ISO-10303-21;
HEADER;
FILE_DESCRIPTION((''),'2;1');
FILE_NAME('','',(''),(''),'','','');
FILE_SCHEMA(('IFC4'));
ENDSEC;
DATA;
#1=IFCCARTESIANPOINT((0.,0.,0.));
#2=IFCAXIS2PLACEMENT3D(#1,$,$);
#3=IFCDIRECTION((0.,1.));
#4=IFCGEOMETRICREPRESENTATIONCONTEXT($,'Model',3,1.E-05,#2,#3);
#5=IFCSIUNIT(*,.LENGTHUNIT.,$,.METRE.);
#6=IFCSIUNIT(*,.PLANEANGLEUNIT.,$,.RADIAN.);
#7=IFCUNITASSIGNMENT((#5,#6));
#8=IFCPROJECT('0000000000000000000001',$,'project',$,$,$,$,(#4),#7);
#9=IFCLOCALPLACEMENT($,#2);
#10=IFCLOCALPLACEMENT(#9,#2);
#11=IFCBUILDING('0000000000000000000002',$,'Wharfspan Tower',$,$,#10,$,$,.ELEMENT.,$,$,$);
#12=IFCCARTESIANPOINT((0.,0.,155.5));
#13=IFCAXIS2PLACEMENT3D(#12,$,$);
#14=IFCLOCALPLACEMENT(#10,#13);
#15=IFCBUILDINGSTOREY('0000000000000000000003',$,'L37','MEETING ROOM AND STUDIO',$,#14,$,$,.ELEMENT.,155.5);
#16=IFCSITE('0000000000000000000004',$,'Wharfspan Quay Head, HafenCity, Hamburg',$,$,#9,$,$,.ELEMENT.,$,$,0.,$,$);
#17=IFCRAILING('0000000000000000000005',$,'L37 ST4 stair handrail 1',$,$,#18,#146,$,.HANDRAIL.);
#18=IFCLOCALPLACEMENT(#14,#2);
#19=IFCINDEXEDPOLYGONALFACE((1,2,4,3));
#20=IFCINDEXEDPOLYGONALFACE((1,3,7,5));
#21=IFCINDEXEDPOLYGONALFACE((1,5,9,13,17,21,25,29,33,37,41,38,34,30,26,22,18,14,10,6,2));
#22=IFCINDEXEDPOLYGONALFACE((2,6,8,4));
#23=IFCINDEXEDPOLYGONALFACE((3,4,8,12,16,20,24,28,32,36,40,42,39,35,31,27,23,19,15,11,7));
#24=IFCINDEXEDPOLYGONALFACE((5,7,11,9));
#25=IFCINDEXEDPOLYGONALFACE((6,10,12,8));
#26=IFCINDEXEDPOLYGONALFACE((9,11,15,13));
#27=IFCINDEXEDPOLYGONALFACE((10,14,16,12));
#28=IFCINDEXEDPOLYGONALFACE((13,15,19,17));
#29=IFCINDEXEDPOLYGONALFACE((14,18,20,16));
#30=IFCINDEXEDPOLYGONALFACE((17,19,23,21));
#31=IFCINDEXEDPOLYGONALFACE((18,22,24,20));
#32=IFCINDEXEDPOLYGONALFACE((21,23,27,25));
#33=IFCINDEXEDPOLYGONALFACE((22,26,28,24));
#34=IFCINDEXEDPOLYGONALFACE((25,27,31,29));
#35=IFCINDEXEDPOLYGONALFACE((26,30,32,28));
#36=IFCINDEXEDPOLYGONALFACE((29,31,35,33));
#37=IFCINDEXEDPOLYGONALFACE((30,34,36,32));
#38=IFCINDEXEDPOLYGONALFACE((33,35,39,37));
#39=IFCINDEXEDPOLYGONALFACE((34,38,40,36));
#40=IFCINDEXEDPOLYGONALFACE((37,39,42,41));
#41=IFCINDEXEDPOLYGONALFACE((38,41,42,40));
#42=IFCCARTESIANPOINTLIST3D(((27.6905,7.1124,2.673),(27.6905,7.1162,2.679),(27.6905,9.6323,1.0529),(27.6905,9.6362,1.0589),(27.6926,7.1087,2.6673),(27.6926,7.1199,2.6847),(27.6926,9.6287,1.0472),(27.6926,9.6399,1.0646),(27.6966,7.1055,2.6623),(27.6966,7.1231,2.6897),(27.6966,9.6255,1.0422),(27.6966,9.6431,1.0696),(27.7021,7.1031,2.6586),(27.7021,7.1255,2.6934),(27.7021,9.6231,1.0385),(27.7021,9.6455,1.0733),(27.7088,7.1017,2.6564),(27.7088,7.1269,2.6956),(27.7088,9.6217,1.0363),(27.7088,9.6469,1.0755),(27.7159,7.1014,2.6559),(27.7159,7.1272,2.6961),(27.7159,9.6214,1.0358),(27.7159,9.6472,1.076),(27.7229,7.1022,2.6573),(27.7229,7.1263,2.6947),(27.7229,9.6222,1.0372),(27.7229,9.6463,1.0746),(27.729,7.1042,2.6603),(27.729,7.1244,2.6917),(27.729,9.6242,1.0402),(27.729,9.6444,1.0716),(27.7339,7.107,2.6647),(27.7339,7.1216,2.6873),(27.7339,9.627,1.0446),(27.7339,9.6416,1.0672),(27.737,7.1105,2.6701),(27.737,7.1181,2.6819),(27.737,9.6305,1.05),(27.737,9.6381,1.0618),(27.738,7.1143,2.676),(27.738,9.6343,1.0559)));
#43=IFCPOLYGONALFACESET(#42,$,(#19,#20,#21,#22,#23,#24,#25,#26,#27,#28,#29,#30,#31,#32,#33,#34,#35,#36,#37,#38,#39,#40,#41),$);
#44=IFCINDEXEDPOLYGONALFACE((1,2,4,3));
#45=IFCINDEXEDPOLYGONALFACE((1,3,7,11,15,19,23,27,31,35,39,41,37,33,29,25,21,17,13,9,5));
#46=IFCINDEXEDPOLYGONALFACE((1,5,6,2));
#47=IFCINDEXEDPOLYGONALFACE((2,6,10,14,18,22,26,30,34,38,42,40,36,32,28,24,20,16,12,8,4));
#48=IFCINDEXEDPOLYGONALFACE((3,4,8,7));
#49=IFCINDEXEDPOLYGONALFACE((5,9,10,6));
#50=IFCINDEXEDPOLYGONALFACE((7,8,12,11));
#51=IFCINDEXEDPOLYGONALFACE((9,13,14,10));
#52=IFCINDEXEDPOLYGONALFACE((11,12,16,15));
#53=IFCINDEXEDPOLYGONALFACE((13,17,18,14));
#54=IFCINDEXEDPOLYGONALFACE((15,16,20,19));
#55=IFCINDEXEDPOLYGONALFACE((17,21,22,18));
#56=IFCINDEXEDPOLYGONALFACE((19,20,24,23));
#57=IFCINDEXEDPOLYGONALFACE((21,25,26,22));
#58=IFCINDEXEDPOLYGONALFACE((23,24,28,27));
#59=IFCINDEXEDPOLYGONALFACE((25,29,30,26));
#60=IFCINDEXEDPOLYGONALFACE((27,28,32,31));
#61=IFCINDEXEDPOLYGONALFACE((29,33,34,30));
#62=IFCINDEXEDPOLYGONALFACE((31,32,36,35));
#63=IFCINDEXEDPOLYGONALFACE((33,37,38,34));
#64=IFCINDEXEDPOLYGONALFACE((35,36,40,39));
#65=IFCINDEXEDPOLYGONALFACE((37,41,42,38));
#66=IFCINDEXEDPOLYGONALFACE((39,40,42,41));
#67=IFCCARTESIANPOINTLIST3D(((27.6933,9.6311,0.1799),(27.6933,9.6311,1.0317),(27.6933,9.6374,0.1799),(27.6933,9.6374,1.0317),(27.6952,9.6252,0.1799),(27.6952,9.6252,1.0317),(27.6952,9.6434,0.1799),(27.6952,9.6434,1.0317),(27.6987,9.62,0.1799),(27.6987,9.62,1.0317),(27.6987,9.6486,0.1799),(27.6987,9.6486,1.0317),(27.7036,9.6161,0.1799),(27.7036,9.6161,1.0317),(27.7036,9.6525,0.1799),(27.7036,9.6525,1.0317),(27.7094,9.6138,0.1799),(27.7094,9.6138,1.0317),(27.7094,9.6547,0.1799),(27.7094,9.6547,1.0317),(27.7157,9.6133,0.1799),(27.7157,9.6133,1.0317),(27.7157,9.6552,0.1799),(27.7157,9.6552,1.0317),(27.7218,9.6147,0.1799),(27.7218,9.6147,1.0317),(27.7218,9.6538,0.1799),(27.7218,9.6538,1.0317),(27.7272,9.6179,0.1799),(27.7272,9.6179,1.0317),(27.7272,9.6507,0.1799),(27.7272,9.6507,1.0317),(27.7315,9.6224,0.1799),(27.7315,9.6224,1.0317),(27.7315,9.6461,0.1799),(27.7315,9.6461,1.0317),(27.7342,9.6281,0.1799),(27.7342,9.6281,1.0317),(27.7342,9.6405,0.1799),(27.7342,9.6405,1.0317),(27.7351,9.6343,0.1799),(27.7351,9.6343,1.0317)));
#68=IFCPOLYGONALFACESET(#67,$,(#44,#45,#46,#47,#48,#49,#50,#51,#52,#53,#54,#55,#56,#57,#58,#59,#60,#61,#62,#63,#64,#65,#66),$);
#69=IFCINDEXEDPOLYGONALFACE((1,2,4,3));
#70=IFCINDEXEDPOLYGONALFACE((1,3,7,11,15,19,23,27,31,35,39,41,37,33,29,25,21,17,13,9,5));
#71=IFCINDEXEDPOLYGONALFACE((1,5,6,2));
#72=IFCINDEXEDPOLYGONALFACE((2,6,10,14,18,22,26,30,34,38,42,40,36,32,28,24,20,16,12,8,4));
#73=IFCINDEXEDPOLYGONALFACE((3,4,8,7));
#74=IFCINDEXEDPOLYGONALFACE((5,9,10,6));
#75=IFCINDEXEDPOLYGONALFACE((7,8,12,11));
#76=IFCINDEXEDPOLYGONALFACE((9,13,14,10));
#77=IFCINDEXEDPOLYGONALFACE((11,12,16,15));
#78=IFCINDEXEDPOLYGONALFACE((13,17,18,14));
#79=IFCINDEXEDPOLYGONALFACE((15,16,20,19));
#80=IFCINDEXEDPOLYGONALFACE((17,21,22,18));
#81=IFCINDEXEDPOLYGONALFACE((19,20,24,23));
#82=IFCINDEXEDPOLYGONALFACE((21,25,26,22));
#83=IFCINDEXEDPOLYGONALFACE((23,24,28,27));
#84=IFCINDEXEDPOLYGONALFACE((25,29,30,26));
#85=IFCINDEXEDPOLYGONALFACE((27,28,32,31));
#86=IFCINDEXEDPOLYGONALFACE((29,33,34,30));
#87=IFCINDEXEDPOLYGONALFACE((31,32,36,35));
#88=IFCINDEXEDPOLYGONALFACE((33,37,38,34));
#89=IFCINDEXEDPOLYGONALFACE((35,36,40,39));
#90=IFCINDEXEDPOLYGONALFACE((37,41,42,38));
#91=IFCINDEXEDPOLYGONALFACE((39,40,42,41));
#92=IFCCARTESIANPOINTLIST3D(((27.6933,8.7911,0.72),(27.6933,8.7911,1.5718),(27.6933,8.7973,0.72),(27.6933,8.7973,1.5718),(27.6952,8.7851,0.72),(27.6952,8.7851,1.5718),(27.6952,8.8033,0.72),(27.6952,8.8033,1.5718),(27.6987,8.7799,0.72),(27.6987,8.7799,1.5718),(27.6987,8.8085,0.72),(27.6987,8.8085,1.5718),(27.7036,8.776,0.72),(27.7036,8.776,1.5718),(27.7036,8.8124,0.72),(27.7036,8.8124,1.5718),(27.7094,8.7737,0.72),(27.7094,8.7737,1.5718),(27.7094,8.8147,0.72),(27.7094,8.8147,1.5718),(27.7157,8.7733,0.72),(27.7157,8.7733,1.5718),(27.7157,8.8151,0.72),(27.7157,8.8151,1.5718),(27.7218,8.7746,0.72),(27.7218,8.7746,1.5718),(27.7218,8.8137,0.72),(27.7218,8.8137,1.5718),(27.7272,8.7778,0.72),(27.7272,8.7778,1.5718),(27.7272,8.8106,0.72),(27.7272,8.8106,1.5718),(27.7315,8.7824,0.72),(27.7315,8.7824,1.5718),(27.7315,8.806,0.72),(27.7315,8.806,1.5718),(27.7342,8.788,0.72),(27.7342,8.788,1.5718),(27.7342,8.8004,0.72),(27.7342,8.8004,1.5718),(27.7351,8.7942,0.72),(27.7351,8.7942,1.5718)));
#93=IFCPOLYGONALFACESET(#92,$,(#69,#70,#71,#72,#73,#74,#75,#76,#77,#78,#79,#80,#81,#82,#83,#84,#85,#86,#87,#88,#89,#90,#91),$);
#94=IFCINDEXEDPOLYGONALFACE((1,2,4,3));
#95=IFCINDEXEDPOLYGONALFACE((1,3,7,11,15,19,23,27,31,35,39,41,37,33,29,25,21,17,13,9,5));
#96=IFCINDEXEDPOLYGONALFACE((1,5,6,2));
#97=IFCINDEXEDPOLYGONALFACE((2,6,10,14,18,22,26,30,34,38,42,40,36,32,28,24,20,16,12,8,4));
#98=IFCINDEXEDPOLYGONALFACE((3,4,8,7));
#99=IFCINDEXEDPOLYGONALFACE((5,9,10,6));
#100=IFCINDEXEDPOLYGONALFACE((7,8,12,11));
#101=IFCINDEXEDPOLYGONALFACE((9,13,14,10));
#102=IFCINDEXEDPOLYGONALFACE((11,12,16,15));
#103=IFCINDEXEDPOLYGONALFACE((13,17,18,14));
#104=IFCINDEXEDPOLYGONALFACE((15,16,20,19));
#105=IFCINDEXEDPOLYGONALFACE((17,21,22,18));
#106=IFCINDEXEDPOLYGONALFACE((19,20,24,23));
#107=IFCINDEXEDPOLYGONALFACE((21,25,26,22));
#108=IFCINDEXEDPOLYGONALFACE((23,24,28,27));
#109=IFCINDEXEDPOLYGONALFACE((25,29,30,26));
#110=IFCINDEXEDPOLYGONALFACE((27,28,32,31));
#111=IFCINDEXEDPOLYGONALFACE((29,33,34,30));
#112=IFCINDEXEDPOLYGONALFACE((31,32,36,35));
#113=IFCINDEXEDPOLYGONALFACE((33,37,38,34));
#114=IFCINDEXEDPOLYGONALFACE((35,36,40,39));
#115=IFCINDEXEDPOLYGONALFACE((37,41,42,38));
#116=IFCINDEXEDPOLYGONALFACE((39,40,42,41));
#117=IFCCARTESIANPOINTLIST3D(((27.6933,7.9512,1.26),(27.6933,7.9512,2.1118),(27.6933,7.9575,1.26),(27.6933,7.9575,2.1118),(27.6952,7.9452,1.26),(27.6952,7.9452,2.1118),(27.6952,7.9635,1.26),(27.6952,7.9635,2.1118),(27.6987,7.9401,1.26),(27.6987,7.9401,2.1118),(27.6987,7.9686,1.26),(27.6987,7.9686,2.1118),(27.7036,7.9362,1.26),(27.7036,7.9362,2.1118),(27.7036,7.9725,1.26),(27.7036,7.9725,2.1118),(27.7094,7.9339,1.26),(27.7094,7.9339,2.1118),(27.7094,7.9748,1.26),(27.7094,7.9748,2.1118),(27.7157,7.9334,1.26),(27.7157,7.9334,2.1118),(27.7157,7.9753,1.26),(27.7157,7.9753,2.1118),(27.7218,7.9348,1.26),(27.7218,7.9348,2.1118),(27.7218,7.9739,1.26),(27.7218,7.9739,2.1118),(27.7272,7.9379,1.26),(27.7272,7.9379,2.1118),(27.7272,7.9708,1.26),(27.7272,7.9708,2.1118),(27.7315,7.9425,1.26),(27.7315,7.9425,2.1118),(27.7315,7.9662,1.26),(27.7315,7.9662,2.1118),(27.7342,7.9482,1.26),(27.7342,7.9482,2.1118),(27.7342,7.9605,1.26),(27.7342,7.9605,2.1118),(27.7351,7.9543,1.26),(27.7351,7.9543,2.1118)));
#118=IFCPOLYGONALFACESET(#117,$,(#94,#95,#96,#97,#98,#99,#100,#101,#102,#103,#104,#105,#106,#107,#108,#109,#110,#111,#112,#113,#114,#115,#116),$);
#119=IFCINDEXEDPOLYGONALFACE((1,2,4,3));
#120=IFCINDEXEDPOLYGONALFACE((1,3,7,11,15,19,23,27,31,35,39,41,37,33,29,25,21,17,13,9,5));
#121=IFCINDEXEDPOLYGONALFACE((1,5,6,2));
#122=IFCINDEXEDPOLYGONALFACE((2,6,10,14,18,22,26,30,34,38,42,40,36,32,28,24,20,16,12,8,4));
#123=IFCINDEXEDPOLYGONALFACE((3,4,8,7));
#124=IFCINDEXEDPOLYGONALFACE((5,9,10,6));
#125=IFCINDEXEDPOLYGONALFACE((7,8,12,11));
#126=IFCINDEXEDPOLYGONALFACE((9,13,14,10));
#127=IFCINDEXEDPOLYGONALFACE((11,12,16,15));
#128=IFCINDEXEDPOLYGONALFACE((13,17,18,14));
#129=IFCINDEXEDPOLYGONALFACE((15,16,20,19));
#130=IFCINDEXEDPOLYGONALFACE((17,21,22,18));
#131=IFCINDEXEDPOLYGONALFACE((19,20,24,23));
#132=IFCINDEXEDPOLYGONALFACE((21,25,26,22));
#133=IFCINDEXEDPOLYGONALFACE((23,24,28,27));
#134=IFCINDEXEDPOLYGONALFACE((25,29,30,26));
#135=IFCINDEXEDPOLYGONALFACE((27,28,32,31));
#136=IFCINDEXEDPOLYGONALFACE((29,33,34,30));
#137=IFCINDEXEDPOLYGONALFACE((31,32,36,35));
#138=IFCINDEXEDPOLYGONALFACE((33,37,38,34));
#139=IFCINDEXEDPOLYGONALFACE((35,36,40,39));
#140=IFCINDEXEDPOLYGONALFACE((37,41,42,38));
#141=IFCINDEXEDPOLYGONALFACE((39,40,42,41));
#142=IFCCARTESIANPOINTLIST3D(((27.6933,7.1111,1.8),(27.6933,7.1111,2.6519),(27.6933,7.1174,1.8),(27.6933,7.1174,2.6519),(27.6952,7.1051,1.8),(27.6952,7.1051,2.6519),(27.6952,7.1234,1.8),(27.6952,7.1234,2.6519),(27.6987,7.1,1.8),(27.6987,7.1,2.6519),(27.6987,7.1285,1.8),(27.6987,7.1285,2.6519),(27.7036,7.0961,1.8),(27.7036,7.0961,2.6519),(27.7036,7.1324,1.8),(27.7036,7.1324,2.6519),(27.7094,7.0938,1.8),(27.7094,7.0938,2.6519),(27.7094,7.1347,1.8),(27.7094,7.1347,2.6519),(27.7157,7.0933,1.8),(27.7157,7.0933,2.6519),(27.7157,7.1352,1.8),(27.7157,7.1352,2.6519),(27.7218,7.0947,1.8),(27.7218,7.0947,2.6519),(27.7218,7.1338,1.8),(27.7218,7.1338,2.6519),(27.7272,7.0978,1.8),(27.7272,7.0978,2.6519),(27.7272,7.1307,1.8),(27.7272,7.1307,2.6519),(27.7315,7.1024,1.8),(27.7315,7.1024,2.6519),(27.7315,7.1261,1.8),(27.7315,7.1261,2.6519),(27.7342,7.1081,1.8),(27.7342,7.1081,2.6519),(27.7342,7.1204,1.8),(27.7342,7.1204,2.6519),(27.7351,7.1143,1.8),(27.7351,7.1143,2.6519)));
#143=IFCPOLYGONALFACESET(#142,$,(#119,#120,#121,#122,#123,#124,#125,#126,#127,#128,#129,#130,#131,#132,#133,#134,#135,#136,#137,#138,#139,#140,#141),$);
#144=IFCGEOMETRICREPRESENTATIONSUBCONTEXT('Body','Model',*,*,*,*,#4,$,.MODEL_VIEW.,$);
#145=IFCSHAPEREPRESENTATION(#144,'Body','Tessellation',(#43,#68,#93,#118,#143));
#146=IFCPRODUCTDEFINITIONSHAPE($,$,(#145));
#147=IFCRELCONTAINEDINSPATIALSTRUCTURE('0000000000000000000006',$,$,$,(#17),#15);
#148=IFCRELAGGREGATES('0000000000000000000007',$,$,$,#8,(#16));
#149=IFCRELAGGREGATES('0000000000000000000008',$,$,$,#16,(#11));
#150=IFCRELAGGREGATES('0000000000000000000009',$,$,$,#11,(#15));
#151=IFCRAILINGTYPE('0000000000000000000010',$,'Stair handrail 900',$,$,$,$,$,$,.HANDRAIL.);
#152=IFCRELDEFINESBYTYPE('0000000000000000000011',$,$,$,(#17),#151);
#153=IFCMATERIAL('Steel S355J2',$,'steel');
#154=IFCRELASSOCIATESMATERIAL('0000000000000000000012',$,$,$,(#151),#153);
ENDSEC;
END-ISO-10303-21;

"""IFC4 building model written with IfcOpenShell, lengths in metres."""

from ifc_helpers import new_model, si_unit, direction, frame, origin, origin_2d, place, context, subcontext, project, spatial, circle, extrude, material, type_object, element, save


model = new_model("IFC4")

# Units and contexts
model_context = context("Model", 3, precision=1e-05, world=origin(), true_north=direction((0.0, 1.0)))
body_context = subcontext(model_context, "Body", "Model", "MODEL_VIEW")
ifc_project = project(units=[si_unit("LENGTHUNIT", "METRE"), si_unit("PLANEANGLEUNIT", "RADIAN")], contexts=[model_context])

# Site, building, storey
site_placement = place(None, origin())
site = spatial("IfcSite", under=ifc_project, at=site_placement, Name="Wharfspan Quay Head, HafenCity, Hamburg", CompositionType="ELEMENT", RefElevation=0.0)
building_placement = place(site_placement, origin())
building = spatial("IfcBuilding", under=site, at=building_placement, Name="Wharfspan Tower", CompositionType="ELEMENT")
storey_placement = place(building_placement, frame((0.0, 0.0, 155.5)))
storey = spatial("IfcBuildingStorey", under=building, at=storey_placement, Name="L37", Description="MEETING ROOM AND STUDIO", CompositionType="ELEMENT", Elevation=155.5)

# Shared definitions
ifc_material_1 = material(Name="Steel S355J2", Category="steel")

# Railing
railing_type_1 = type_object("IfcRailingType", Name="Stair handrail 900", PredefinedType="HANDRAIL", material=ifc_material_1)
railing_1_placement = place(storey_placement, frame((27.7141, 9.6343, 0.1799)))
element("IfcRailing", 1, at=railing_1_placement, inside=storey, type_object=railing_type_1, Name="L37 ST4 stair handrail 1", PredefinedType="HANDRAIL", context=body_context, shape_type="SweptSolid", body=[
    extrude(circle(Radius=0.0239, at=origin_2d()), frame((0.0, 0.0, 0.876), z_axis=(0.0, -0.841163, 0.540782), x_axis=(1.0, 0.0, 0.0)), (0.0, 0.0, 1.0), 2.9958),
    extrude(circle(Radius=0.021, at=origin_2d()), origin(), (0.0, 0.0, 1.0), 0.8518),
    extrude(circle(Radius=0.021, at=origin_2d()), frame((0.0, -0.8401, 0.54)), (0.0, 0.0, 1.0), 0.8518),
    extrude(circle(Radius=0.021, at=origin_2d()), frame((0.0, -1.6799, 1.0801)), (0.0, 0.0, 1.0), 0.8518),
    extrude(circle(Radius=0.021, at=origin_2d()), frame((0.0, -2.52, 1.6201)), (0.0, 0.0, 1.0), 0.8518),
])

save(model, "model.ifc")
